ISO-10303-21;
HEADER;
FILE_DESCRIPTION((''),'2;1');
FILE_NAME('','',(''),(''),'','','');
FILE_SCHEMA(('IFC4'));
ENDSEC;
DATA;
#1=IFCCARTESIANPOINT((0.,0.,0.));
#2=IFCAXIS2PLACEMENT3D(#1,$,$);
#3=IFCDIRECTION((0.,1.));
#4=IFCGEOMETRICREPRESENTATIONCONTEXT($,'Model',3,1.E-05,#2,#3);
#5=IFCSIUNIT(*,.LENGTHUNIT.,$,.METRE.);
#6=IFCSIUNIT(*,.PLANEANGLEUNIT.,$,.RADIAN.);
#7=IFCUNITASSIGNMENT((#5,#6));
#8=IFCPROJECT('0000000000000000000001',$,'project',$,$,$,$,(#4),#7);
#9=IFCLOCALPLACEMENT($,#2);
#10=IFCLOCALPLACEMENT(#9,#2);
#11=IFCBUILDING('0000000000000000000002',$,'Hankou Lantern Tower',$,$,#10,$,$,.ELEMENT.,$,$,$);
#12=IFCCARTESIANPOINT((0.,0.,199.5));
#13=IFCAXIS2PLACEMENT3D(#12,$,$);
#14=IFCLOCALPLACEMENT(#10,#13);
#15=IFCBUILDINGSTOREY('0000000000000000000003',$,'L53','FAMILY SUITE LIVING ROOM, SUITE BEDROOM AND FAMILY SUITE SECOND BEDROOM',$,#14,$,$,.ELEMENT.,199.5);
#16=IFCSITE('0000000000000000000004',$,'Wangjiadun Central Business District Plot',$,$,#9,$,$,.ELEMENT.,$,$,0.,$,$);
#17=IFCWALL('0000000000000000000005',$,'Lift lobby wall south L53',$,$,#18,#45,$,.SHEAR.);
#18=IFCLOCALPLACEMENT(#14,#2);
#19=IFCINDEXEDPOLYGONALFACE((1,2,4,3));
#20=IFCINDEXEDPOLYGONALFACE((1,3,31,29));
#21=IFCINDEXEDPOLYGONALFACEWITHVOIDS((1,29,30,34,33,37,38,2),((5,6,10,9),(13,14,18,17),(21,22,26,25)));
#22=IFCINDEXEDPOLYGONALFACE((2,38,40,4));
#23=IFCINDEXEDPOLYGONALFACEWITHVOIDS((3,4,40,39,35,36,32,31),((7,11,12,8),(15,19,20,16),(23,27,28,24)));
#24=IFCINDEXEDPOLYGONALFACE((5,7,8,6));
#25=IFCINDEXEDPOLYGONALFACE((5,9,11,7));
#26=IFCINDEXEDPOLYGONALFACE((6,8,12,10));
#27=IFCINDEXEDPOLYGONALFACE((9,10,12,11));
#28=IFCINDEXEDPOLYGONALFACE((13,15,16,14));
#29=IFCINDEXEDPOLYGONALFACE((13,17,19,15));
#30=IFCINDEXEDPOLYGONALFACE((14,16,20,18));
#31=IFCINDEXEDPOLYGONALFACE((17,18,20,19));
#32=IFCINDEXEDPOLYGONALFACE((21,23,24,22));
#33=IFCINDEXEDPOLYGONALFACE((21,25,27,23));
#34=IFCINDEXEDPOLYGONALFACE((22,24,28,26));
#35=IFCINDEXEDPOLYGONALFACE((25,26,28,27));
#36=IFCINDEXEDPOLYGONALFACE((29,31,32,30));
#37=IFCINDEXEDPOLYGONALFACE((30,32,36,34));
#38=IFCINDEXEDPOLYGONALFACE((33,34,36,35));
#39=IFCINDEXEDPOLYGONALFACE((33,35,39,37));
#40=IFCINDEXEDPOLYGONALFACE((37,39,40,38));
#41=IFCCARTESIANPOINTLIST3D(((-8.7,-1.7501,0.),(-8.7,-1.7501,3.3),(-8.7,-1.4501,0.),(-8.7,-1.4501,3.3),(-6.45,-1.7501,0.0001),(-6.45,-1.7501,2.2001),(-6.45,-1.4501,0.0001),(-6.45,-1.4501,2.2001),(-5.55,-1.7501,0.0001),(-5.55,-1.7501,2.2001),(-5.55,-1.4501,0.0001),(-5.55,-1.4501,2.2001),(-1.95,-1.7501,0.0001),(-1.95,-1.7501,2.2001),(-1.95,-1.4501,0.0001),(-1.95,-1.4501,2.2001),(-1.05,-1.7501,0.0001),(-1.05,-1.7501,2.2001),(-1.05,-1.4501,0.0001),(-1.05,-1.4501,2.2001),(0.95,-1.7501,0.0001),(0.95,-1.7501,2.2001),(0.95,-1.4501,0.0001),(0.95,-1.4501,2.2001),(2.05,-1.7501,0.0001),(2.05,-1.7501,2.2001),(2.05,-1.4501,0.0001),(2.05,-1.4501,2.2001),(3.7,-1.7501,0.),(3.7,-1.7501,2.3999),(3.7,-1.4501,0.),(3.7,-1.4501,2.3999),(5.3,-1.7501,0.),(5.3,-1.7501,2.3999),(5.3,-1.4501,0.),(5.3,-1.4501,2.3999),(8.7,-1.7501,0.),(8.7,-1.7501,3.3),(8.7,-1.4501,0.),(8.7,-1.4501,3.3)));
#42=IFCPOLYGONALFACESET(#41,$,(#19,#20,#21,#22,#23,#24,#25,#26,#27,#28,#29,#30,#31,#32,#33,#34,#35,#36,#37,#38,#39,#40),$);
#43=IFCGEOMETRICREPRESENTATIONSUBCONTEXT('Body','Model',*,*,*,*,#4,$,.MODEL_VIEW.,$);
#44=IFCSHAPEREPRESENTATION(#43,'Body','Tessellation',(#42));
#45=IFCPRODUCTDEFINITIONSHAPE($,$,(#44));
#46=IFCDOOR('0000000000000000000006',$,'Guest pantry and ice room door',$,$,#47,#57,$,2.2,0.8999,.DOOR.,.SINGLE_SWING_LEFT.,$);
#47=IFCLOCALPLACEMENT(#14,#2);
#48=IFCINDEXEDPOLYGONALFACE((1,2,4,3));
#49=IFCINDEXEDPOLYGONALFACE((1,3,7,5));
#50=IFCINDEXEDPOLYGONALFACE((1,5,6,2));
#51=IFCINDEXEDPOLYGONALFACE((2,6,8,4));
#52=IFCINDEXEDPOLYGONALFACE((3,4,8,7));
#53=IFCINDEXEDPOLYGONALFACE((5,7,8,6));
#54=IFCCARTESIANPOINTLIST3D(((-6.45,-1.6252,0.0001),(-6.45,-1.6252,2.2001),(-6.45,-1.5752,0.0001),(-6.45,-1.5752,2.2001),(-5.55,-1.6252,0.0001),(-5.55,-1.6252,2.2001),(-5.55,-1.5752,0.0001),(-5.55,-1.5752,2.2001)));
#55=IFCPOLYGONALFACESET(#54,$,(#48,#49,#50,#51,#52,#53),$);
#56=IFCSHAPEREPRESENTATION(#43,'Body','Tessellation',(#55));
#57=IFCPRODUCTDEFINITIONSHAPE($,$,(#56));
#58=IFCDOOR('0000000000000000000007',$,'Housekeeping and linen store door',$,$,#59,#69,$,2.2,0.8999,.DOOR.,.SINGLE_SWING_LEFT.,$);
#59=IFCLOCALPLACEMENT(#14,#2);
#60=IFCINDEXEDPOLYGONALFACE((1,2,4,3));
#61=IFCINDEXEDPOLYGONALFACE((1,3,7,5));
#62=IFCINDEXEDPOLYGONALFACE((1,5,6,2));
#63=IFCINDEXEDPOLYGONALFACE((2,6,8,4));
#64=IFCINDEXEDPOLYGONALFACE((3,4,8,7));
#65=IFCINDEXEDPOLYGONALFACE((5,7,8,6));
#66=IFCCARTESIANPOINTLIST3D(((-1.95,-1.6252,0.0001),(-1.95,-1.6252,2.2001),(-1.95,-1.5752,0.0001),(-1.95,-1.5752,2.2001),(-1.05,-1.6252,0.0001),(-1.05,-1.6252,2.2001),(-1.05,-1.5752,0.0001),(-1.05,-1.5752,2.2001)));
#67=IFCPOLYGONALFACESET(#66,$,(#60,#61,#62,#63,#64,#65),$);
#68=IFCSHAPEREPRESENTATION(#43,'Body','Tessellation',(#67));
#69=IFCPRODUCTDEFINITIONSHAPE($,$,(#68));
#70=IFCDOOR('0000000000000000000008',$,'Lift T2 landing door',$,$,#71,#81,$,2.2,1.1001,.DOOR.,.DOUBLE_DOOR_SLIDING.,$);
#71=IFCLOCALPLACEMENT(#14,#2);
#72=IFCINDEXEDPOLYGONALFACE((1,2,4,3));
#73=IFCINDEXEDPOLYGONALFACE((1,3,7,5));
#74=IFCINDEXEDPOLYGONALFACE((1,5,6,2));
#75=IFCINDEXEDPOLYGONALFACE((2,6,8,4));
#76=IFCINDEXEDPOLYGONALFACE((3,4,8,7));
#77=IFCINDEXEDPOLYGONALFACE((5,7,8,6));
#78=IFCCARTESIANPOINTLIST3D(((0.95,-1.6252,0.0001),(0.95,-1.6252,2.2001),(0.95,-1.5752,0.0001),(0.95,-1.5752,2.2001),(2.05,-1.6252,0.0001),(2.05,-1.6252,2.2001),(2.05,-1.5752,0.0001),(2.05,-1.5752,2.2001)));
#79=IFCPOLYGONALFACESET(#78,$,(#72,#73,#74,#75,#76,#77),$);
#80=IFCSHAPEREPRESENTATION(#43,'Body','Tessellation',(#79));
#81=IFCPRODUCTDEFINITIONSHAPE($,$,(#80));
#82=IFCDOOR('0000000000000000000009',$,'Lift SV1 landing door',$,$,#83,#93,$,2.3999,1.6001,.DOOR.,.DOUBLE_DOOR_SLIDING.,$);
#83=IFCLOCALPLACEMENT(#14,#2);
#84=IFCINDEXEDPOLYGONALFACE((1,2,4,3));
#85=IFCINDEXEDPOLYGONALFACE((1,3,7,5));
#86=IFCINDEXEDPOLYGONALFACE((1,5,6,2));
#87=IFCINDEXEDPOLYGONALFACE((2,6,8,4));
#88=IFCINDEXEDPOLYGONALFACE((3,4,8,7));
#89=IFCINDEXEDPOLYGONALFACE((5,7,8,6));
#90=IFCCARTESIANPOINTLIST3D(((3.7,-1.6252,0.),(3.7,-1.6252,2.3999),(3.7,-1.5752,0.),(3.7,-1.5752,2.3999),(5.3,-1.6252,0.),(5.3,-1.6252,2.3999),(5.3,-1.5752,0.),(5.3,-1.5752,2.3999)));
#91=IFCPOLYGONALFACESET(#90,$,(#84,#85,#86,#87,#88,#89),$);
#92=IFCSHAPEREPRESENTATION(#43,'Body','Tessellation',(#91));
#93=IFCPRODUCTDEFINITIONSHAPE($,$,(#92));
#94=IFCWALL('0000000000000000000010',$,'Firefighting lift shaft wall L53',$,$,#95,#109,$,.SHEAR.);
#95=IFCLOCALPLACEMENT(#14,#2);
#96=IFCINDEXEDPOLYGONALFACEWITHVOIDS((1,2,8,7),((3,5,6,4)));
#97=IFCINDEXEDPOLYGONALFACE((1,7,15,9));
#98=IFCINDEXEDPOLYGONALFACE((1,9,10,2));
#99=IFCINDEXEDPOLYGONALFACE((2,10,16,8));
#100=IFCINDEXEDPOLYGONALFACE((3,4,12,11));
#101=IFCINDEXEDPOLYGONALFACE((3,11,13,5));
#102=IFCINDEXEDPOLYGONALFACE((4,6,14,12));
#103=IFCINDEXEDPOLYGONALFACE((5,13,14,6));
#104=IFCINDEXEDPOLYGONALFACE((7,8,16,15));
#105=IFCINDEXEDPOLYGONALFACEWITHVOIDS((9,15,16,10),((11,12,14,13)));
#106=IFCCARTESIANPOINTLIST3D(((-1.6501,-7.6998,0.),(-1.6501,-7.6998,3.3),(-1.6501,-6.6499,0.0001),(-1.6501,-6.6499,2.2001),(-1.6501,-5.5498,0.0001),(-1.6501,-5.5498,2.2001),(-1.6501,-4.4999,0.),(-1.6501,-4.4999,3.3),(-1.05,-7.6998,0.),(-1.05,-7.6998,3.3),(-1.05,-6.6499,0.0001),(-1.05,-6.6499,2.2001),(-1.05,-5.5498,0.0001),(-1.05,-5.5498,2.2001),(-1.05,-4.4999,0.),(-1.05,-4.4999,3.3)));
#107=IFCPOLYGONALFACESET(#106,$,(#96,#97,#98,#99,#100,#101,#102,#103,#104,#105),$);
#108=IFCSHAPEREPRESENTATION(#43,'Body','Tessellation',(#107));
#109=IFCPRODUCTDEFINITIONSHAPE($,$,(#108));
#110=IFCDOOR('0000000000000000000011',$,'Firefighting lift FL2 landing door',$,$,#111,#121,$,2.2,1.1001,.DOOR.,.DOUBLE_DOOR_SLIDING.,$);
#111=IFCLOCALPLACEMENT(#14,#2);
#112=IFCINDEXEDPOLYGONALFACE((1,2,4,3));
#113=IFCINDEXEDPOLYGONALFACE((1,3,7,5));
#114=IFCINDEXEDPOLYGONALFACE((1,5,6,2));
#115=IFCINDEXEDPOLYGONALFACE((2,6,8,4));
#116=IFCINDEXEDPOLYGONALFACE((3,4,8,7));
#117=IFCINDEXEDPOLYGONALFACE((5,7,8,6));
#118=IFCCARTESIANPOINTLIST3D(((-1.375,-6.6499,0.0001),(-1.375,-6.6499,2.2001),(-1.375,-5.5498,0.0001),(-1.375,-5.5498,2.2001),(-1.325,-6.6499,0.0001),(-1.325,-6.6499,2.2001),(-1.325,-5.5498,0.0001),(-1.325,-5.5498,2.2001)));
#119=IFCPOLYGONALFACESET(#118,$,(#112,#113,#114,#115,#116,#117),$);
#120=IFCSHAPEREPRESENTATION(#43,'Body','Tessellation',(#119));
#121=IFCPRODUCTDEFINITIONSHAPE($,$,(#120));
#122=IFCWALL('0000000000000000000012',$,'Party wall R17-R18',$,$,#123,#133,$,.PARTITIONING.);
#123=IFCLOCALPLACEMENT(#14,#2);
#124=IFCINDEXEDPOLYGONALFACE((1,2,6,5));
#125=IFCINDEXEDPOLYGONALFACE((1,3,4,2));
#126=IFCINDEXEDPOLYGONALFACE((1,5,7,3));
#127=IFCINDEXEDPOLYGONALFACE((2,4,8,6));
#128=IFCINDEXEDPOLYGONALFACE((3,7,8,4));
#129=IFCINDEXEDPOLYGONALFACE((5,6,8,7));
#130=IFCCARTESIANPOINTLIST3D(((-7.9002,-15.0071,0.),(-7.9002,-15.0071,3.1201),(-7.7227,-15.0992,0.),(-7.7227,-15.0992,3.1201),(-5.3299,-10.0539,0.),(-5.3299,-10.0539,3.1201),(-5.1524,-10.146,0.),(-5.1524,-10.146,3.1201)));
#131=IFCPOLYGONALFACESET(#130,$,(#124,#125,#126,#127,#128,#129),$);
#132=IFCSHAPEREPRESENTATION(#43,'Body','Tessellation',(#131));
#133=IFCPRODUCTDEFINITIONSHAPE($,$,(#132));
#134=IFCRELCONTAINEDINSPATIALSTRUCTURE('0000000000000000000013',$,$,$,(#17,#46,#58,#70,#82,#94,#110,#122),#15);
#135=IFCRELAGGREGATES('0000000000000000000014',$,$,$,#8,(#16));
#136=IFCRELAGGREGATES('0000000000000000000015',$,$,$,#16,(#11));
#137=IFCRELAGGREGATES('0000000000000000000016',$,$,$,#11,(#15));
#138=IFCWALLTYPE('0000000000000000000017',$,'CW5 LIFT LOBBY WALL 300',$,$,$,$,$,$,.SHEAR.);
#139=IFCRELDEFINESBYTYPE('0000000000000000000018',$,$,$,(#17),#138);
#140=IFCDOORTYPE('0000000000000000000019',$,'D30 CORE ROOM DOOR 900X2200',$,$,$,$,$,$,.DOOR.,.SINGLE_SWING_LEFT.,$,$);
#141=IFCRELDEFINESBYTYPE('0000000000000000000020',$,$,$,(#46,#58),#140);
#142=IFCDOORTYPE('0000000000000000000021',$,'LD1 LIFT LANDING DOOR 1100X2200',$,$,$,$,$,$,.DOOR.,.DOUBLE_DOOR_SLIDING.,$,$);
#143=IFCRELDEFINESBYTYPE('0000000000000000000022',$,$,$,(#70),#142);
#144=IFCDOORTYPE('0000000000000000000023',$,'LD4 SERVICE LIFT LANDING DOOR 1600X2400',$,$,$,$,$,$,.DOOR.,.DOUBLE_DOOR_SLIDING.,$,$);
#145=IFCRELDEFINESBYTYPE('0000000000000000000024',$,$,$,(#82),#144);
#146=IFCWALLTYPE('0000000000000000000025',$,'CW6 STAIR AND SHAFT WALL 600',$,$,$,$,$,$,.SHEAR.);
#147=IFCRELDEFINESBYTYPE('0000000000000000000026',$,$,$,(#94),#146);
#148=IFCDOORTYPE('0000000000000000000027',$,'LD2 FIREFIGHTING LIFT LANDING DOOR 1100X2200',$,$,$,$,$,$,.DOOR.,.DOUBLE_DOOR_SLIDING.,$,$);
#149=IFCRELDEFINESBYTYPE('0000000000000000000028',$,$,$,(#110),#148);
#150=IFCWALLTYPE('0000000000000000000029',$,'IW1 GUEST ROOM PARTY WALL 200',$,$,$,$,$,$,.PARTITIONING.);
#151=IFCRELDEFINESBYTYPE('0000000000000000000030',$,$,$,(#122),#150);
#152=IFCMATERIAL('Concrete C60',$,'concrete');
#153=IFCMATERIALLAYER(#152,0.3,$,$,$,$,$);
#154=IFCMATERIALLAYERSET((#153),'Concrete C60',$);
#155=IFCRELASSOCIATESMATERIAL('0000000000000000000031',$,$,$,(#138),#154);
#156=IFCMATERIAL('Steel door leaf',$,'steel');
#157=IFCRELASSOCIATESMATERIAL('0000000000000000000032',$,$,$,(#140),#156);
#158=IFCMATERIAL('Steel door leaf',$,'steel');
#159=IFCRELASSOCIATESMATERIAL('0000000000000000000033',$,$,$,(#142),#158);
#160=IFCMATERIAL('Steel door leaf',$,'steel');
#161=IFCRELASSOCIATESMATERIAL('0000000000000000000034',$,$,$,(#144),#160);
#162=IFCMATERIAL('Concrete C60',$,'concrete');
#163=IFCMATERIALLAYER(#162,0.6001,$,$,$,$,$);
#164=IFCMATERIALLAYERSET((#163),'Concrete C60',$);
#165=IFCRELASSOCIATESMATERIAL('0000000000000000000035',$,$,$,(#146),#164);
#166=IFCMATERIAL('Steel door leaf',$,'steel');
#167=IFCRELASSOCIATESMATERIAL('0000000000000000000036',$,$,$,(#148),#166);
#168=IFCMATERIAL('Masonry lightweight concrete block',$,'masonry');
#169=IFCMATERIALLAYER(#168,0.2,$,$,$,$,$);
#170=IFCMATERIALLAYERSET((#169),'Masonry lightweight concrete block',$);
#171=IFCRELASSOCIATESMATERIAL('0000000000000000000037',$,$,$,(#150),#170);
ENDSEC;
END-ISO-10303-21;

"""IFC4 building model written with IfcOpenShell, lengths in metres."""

from ifc_helpers import new_model, si_unit, direction, frame, frame_2d, origin, place, context, subcontext, project, spatial, rectangle, extrude, material, layer, layer_set, type_object, element, fill, save


model = new_model("IFC4")

# Units and contexts
model_context = context("Model", 3, precision=1e-05, world=origin(), true_north=direction((0.0, 1.0)))
body_context = subcontext(model_context, "Body", "Model", "MODEL_VIEW")
ifc_project = project(units=[si_unit("LENGTHUNIT", "METRE"), si_unit("PLANEANGLEUNIT", "RADIAN")], contexts=[model_context])

# Site, building, storey
site_placement = place(None, origin())
site = spatial("IfcSite", under=ifc_project, at=site_placement, Name="Wangjiadun Central Business District Plot", CompositionType="ELEMENT", RefElevation=0.0)
building_placement = place(site_placement, origin())
building = spatial("IfcBuilding", under=site, at=building_placement, Name="Hankou Lantern Tower", CompositionType="ELEMENT")
storey_placement = place(building_placement, frame((0.0, 0.0, 199.5)))
storey = spatial("IfcBuildingStorey", under=building, at=storey_placement, Name="L53", Description="FAMILY SUITE LIVING ROOM, SUITE BEDROOM AND FAMILY SUITE SECOND BEDROOM", CompositionType="ELEMENT", Elevation=199.5)

# Wall, openings, doors
ifc_material_1 = material(Name="Concrete C60", Category="concrete")
ifc_layer_1 = layer(ifc_material_1, 0.3)
ifc_layer_set_1 = layer_set([ifc_layer_1], Name="Concrete C60")
wall_type_1 = type_object("IfcWallType", Name="CW5 LIFT LOBBY WALL 300", PredefinedType="SHEAR", material=ifc_layer_set_1)
wall_1_placement = place(storey_placement, frame((-8.7, -1.6001, 0.0), z_axis=(0.0, 0.0, 1.0), x_axis=(1.0, 0.0, 0.0)))
wall_1 = element("IfcWall", 1, at=wall_1_placement, inside=storey, type_object=wall_type_1, Name="Lift lobby wall south L53", PredefinedType="SHEAR", context=body_context, shape_type="SweptSolid", body=[
    extrude(rectangle(XDim=17.3999, YDim=0.3, at=frame_2d((8.7, 0.0))), origin(), (0.0, 0.0, 1.0), 3.3),
])
opening_1_placement = place(wall_1_placement, frame((9.6499, 0.0, 0.0)))
opening_1 = element("IfcOpeningElement", 2, at=opening_1_placement, cuts=wall_1, PredefinedType="OPENING", context=body_context, shape_type="SweptSolid", body=[
    extrude(rectangle(XDim=1.1001, YDim=2.2, at=frame_2d((0.55, 1.1001))), frame((0.0, 0.1599, 0.0), z_axis=(0.0, -1.0, 0.0), x_axis=(1.0, 0.0, 0.0)), (0.0, 0.0, 1.0), 0.3201),
])
opening_2_placement = place(wall_1_placement, frame((12.3999, 0.0, 0.0)))
opening_2 = element("IfcOpeningElement", 3, at=opening_2_placement, cuts=wall_1, PredefinedType="OPENING", context=body_context, shape_type="SweptSolid", body=[
    extrude(rectangle(XDim=1.6001, YDim=2.3999, at=frame_2d((0.8, 1.2))), frame((0.0, 0.1599, 0.0), z_axis=(0.0, -1.0, 0.0), x_axis=(1.0, 0.0, 0.0)), (0.0, 0.0, 1.0), 0.3201),
])
opening_3_placement = place(wall_1_placement, frame((2.25, 0.0, 0.0)))
opening_3 = element("IfcOpeningElement", 4, at=opening_3_placement, cuts=wall_1, PredefinedType="OPENING", context=body_context, shape_type="SweptSolid", body=[
    extrude(rectangle(XDim=0.8999, YDim=2.2, at=frame_2d((0.45, 1.1001))), frame((0.0, 0.1599, 0.0), z_axis=(0.0, -1.0, 0.0), x_axis=(1.0, 0.0, 0.0)), (0.0, 0.0, 1.0), 0.3201),
])
opening_4_placement = place(wall_1_placement, frame((6.75, 0.0, 0.0)))
opening_4 = element("IfcOpeningElement", 5, at=opening_4_placement, cuts=wall_1, PredefinedType="OPENING", context=body_context, shape_type="SweptSolid", body=[
    extrude(rectangle(XDim=0.8999, YDim=2.2, at=frame_2d((0.45, 1.1001))), frame((0.0, 0.1599, 0.0), z_axis=(0.0, -1.0, 0.0), x_axis=(1.0, 0.0, 0.0)), (0.0, 0.0, 1.0), 0.3201),
])
ifc_material_2 = material(Name="Steel door leaf", Category="steel")
door_type_1 = type_object("IfcDoorType", Name="D30 CORE ROOM DOOR 900X2200", OperationType="SINGLE_SWING_LEFT", PredefinedType="DOOR", material=ifc_material_2)
door_1_placement = place(opening_3_placement, origin())
door_1 = element("IfcDoor", 6, at=door_1_placement, inside=storey, type_object=door_type_1, Name="Guest pantry and ice room door", OperationType="SINGLE_SWING_LEFT", OverallHeight=2.2, OverallWidth=0.8999, PredefinedType="DOOR", context=body_context, shape_type="SweptSolid", body=[
    extrude(rectangle(XDim=0.8999, YDim=2.2, at=frame_2d((0.45, 1.1001))), frame((0.0, 0.0249, 0.0), z_axis=(0.0, -1.0, 0.0), x_axis=(1.0, 0.0, 0.0)), (0.0, 0.0, 1.0), 0.05),
])
fill(opening_3, door_1)
door_2_placement = place(opening_4_placement, origin())
door_2 = element("IfcDoor", 7, at=door_2_placement, inside=storey, type_object=door_type_1, Name="Housekeeping and linen store door", OperationType="SINGLE_SWING_LEFT", OverallHeight=2.2, OverallWidth=0.8999, PredefinedType="DOOR", context=body_context, shape_type="SweptSolid", body=[
    extrude(rectangle(XDim=0.8999, YDim=2.2, at=frame_2d((0.45, 1.1001))), frame((0.0, 0.0249, 0.0), z_axis=(0.0, -1.0, 0.0), x_axis=(1.0, 0.0, 0.0)), (0.0, 0.0, 1.0), 0.05),
])
fill(opening_4, door_2)
ifc_material_3 = material(Name="Steel door leaf", Category="steel")
door_type_2 = type_object("IfcDoorType", Name="LD1 LIFT LANDING DOOR 1100X2200", OperationType="DOUBLE_DOOR_SLIDING", PredefinedType="DOOR", material=ifc_material_3)
door_3_placement = place(opening_1_placement, origin())
door_3 = element("IfcDoor", 8, at=door_3_placement, inside=storey, type_object=door_type_2, Name="Lift T2 landing door", OperationType="DOUBLE_DOOR_SLIDING", OverallHeight=2.2, OverallWidth=1.1001, PredefinedType="DOOR", context=body_context, shape_type="SweptSolid", body=[
    extrude(rectangle(XDim=1.1001, YDim=2.2, at=frame_2d((0.55, 1.1001))), frame((0.0, 0.0249, 0.0), z_axis=(0.0, -1.0, 0.0), x_axis=(1.0, 0.0, 0.0)), (0.0, 0.0, 1.0), 0.05),
])
fill(opening_1, door_3)
ifc_material_4 = material(Name="Steel door leaf", Category="steel")
door_type_3 = type_object("IfcDoorType", Name="LD4 SERVICE LIFT LANDING DOOR 1600X2400", OperationType="DOUBLE_DOOR_SLIDING", PredefinedType="DOOR", material=ifc_material_4)
door_4_placement = place(opening_2_placement, origin())
door_4 = element("IfcDoor", 9, at=door_4_placement, inside=storey, type_object=door_type_3, Name="Lift SV1 landing door", OperationType="DOUBLE_DOOR_SLIDING", OverallHeight=2.3999, OverallWidth=1.6001, PredefinedType="DOOR", context=body_context, shape_type="SweptSolid", body=[
    extrude(rectangle(XDim=1.6001, YDim=2.3999, at=frame_2d((0.8, 1.2))), frame((0.0, 0.0249, 0.0), z_axis=(0.0, -1.0, 0.0), x_axis=(1.0, 0.0, 0.0)), (0.0, 0.0, 1.0), 0.05),
])
fill(opening_2, door_4)

# Wall, opening, door
ifc_material_5 = material(Name="Concrete C60", Category="concrete")
ifc_layer_2 = layer(ifc_material_5, 0.6001)
ifc_layer_set_2 = layer_set([ifc_layer_2], Name="Concrete C60")
wall_type_2 = type_object("IfcWallType", Name="CW6 STAIR AND SHAFT WALL 600", PredefinedType="SHEAR", material=ifc_layer_set_2)
wall_2_placement = place(storey_placement, frame((-1.3501, -7.7, 0.0), z_axis=(0.0, 0.0, 1.0), x_axis=(0.0, 1.0, 0.0)))
wall_2 = element("IfcWall", 10, at=wall_2_placement, inside=storey, type_object=wall_type_2, Name="Firefighting lift shaft wall L53", PredefinedType="SHEAR", context=body_context, shape_type="SweptSolid", body=[
    extrude(rectangle(XDim=3.2, YDim=0.6001, at=frame_2d((1.6001, 0.0))), origin(), (0.0, 0.0, 1.0), 3.3),
])
opening_5_placement = place(wall_2_placement, frame((1.05, 0.0, 0.0)))
opening_5 = element("IfcOpeningElement", 11, at=opening_5_placement, cuts=wall_2, PredefinedType="OPENING", context=body_context, shape_type="SweptSolid", body=[
    extrude(rectangle(XDim=1.1001, YDim=2.2, at=frame_2d((0.55, 1.1001))), frame((0.0, 0.3101, 0.0), z_axis=(0.0, -1.0, 0.0), x_axis=(1.0, 0.0, 0.0)), (0.0, 0.0, 1.0), 0.6201),
])
ifc_material_6 = material(Name="Steel door leaf", Category="steel")
door_type_4 = type_object("IfcDoorType", Name="LD2 FIREFIGHTING LIFT LANDING DOOR 1100X2200", OperationType="DOUBLE_DOOR_SLIDING", PredefinedType="DOOR", material=ifc_material_6)
door_5_placement = place(opening_5_placement, origin())
door_5 = element("IfcDoor", 12, at=door_5_placement, inside=storey, type_object=door_type_4, Name="Firefighting lift FL2 landing door", OperationType="DOUBLE_DOOR_SLIDING", OverallHeight=2.2, OverallWidth=1.1001, PredefinedType="DOOR", context=body_context, shape_type="SweptSolid", body=[
    extrude(rectangle(XDim=1.1001, YDim=2.2, at=frame_2d((0.55, 1.1001))), frame((0.0, 0.0249, 0.0), z_axis=(0.0, -1.0, 0.0), x_axis=(1.0, 0.0, 0.0)), (0.0, 0.0, 1.0), 0.05),
])
fill(opening_5, door_5)

# Wall
ifc_material_7 = material(Name="Masonry lightweight concrete block", Category="masonry")
ifc_layer_3 = layer(ifc_material_7, 0.2)
ifc_layer_set_3 = layer_set([ifc_layer_3], Name="Masonry lightweight concrete block")
wall_type_3 = type_object("IfcWallType", Name="IW1 GUEST ROOM PARTY WALL 200", PredefinedType="PARTITIONING", material=ifc_layer_set_3)
wall_3_placement = place(storey_placement, frame((-5.2412, -10.1001, 0.0), z_axis=(0.0, 0.0, 1.0), x_axis=(-0.460603, -0.887606, 0.0)))
element("IfcWall", 13, at=wall_3_placement, inside=storey, type_object=wall_type_3, Name="Party wall R17-R18", PredefinedType="PARTITIONING", context=body_context, shape_type="SweptSolid", body=[
    extrude(rectangle(XDim=5.5803, YDim=0.2, at=frame_2d((2.79, 0.0))), origin(), (0.0, 0.0, 1.0), 3.1201),
])

save(model, "model.ifc")
